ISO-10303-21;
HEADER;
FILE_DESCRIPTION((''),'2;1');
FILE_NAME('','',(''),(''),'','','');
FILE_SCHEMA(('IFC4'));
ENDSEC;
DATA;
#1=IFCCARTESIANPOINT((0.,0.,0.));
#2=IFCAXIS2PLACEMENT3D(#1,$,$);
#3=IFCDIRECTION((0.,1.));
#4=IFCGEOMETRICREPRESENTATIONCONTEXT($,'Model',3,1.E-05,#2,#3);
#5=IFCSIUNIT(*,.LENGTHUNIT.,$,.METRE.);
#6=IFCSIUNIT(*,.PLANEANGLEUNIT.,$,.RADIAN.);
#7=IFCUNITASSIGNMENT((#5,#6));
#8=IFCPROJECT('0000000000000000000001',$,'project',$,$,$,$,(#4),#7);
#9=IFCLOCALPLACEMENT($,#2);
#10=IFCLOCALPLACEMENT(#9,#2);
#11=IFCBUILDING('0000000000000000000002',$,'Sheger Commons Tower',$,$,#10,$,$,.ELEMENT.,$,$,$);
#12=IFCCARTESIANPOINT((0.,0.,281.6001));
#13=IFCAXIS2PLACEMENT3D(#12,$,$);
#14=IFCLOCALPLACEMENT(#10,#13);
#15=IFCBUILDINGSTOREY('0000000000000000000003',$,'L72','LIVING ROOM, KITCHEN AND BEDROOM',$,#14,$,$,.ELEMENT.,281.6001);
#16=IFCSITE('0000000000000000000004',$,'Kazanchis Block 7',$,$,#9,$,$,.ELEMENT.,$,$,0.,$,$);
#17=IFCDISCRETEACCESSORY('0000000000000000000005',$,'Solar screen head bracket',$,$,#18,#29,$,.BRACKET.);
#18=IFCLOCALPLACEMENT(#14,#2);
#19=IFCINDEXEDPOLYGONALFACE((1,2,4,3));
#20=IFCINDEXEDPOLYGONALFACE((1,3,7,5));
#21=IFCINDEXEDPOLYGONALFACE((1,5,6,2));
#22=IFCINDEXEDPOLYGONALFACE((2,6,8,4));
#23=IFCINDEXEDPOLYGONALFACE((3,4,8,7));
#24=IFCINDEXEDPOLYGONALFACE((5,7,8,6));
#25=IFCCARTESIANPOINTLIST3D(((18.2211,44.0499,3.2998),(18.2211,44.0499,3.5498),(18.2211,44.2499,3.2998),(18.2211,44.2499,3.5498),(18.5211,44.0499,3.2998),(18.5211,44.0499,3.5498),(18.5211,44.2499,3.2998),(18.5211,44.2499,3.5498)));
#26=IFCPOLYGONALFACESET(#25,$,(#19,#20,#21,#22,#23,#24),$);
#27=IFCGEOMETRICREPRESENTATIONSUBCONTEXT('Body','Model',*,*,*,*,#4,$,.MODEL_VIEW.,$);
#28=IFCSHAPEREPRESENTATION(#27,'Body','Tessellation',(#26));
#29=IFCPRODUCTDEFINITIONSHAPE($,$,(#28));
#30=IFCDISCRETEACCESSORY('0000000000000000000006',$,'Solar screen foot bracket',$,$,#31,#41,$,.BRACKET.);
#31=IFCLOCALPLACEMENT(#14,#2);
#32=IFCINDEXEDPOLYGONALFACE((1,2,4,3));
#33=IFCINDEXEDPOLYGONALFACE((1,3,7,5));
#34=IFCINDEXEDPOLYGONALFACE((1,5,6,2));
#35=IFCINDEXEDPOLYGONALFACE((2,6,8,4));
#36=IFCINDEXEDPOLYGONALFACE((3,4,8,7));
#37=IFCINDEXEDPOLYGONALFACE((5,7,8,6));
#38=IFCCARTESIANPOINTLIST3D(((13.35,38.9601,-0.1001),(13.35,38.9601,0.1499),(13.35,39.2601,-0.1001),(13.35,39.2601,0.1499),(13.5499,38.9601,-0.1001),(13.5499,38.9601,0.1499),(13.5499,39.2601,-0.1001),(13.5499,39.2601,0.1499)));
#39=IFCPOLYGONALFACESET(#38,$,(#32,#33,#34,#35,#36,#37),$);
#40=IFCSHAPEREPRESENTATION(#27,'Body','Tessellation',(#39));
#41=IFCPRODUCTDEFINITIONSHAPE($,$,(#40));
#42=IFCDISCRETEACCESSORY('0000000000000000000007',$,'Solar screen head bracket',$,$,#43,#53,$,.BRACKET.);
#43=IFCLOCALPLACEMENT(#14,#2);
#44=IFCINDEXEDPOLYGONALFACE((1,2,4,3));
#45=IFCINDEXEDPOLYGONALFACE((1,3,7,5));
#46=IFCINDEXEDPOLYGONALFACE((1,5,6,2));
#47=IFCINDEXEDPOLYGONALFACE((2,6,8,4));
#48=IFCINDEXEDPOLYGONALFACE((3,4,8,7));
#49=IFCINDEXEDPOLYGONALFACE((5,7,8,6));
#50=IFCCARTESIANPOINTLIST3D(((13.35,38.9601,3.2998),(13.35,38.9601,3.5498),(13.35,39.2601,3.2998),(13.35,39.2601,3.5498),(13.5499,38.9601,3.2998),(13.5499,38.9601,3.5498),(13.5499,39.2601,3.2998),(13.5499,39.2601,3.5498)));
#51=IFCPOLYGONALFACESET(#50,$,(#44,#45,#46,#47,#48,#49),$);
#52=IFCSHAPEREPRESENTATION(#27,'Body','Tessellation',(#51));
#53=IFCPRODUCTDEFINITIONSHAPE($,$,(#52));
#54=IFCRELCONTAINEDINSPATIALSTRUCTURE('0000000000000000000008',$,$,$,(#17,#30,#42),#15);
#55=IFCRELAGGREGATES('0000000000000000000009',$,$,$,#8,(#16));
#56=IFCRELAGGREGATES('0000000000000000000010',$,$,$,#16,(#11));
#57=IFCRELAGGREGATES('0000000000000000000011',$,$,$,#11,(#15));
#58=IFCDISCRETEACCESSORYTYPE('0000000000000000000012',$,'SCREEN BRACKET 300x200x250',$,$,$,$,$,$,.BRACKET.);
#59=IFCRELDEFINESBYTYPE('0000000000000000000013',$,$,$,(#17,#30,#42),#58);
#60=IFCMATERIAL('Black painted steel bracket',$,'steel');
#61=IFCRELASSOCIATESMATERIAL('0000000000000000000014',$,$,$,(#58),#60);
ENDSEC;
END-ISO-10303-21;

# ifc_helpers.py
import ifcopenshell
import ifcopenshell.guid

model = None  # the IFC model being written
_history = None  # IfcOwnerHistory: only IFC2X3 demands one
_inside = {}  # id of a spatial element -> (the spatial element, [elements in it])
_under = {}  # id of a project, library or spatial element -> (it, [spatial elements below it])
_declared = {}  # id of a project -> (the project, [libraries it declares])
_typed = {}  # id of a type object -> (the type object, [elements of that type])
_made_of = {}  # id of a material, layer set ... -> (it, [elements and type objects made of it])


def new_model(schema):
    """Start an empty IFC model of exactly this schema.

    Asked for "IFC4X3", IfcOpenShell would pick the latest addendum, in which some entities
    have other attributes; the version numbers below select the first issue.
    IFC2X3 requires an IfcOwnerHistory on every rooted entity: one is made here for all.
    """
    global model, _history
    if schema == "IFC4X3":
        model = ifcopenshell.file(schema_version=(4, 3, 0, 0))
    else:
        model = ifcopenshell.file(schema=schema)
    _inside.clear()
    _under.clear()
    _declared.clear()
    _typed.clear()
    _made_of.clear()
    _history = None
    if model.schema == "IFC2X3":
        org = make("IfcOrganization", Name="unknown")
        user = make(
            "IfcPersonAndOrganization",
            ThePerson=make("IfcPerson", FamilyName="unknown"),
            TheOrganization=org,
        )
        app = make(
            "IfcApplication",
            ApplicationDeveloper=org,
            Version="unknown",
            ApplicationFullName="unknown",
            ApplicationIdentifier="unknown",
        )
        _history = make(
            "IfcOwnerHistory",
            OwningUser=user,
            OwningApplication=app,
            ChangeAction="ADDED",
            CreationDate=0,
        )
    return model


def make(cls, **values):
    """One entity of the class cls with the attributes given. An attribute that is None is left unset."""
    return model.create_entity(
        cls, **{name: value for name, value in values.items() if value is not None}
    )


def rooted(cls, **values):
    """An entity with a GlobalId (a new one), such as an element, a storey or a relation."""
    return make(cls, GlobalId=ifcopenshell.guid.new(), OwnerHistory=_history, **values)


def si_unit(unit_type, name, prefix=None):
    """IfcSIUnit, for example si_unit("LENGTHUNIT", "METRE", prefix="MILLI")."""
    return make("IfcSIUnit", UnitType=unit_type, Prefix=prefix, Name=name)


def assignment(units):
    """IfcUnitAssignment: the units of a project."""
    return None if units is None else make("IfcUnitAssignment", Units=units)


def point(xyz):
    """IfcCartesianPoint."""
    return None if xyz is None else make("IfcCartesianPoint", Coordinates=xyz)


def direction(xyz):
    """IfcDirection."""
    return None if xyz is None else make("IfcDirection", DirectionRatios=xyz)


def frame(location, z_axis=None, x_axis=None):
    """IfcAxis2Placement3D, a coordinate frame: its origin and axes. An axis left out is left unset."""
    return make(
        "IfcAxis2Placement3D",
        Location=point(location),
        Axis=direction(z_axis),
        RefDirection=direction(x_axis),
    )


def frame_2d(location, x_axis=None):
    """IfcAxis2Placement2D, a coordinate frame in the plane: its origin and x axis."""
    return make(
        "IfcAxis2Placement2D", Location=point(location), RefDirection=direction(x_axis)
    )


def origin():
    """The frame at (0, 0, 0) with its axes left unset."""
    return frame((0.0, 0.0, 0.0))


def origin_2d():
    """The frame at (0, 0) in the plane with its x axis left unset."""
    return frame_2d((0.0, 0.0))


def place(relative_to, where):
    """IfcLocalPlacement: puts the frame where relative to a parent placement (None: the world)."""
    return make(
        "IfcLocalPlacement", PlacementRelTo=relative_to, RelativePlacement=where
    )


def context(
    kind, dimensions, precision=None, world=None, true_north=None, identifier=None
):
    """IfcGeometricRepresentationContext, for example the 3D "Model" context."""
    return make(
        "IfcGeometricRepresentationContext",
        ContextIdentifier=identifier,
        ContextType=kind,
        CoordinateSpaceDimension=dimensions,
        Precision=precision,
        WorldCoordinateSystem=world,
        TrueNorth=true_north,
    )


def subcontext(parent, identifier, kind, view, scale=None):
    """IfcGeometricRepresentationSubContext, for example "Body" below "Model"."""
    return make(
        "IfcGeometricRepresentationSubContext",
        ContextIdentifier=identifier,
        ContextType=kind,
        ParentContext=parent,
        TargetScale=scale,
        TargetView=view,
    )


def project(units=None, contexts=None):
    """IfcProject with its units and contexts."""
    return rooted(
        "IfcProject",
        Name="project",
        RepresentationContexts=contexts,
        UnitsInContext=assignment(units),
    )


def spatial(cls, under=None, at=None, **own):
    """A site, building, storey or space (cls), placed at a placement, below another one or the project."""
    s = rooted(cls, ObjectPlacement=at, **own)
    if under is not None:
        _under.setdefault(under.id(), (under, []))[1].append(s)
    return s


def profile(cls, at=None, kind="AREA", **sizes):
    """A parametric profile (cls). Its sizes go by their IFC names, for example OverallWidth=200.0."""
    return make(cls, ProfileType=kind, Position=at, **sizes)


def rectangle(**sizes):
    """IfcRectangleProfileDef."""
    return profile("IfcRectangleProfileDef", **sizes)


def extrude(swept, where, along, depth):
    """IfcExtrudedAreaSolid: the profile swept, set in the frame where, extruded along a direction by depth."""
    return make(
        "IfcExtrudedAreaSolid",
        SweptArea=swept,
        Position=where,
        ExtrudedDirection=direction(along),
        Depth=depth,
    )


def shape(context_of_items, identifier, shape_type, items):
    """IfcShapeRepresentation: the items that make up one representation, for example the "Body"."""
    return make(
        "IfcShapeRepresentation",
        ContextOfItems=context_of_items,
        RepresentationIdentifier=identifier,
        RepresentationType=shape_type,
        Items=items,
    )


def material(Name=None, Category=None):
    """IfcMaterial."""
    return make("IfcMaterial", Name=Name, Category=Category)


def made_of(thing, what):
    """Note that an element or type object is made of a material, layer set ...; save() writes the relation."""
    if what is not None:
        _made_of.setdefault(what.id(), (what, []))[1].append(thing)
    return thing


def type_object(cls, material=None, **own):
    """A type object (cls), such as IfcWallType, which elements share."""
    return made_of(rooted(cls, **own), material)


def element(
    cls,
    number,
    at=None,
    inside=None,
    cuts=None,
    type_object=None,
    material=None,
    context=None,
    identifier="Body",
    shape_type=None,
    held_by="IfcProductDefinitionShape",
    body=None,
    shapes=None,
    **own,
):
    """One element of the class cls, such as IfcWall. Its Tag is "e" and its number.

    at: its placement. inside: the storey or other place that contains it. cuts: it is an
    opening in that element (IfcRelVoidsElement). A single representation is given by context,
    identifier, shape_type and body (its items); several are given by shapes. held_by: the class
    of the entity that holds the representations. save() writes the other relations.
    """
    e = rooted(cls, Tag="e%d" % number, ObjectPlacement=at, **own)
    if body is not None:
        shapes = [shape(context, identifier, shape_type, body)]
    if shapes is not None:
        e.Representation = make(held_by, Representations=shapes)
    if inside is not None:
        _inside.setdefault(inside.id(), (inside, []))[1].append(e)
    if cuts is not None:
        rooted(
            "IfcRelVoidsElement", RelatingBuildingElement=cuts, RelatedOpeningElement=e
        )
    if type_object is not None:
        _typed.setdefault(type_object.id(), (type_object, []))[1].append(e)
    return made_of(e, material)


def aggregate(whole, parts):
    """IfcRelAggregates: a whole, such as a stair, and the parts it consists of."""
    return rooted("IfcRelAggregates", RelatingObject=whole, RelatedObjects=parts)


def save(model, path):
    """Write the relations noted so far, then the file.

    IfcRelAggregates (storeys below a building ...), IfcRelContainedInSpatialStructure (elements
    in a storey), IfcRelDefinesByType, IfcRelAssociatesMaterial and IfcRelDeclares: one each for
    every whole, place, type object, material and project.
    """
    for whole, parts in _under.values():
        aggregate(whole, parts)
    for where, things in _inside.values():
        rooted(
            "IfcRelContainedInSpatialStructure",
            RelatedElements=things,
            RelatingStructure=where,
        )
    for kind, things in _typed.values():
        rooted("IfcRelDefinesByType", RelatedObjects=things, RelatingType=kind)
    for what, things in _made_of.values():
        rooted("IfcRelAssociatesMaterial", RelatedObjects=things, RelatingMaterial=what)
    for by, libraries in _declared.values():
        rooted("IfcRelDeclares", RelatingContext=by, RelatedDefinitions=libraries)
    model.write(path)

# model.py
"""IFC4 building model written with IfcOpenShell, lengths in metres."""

from ifc_helpers import new_model, si_unit, direction, frame, origin, origin_2d, place, context, subcontext, project, spatial, rectangle, extrude, material, type_object, element, save


model = new_model("IFC4")

# Units and contexts
model_context = context("Model", 3, precision=1e-05, world=origin(), true_north=direction((0.0, 1.0)))
body_context = subcontext(model_context, "Body", "Model", "MODEL_VIEW")
ifc_project = project(units=[si_unit("LENGTHUNIT", "METRE"), si_unit("PLANEANGLEUNIT", "RADIAN")], contexts=[model_context])

# Site, building, storey
site_placement = place(None, origin())
site = spatial("IfcSite", under=ifc_project, at=site_placement, Name="Kazanchis Block 7", CompositionType="ELEMENT", RefElevation=0.0)
building_placement = place(site_placement, origin())
building = spatial("IfcBuilding", under=site, at=building_placement, Name="Sheger Commons Tower", CompositionType="ELEMENT")
storey_placement = place(building_placement, frame((0.0, 0.0, 281.6001)))
storey = spatial("IfcBuildingStorey", under=building, at=storey_placement, Name="L72", Description="LIVING ROOM, KITCHEN AND BEDROOM", CompositionType="ELEMENT", Elevation=281.6001)

# Discrete accessories
ifc_material_1 = material(Name="Black painted steel bracket", Category="steel")
discrete_accessory_type = type_object("IfcDiscreteAccessoryType", Name="SCREEN BRACKET 300x200x250", PredefinedType="BRACKET", material=ifc_material_1)
for number, where, z_axis, x_axis, name in (
    (1, (18.3711, 44.1499, 3.2998), (0.0, 0.0, 1.0), (-1.0, 0.0, 0.0), "Solar screen head bracket"),
    (2, (13.45, 39.1101, -0.1001), (0.0, 0.0, 1.0), (0.0, -1.0, 0.0), "Solar screen foot bracket"),
    (3, (13.45, 39.1101, 3.2998), (0.0, 0.0, 1.0), (0.0, -1.0, 0.0), "Solar screen head bracket"),
):
    element("IfcDiscreteAccessory", number, at=place(storey_placement, frame(where, z_axis=z_axis, x_axis=x_axis)), inside=storey, type_object=discrete_accessory_type, Name=name, PredefinedType="BRACKET", context=body_context, shape_type="SweptSolid", body=[
        extrude(rectangle(XDim=0.3, YDim=0.2, at=origin_2d()), origin(), (0.0, 0.0, 1.0), 0.25),
    ])

save(model, "model.ifc")
